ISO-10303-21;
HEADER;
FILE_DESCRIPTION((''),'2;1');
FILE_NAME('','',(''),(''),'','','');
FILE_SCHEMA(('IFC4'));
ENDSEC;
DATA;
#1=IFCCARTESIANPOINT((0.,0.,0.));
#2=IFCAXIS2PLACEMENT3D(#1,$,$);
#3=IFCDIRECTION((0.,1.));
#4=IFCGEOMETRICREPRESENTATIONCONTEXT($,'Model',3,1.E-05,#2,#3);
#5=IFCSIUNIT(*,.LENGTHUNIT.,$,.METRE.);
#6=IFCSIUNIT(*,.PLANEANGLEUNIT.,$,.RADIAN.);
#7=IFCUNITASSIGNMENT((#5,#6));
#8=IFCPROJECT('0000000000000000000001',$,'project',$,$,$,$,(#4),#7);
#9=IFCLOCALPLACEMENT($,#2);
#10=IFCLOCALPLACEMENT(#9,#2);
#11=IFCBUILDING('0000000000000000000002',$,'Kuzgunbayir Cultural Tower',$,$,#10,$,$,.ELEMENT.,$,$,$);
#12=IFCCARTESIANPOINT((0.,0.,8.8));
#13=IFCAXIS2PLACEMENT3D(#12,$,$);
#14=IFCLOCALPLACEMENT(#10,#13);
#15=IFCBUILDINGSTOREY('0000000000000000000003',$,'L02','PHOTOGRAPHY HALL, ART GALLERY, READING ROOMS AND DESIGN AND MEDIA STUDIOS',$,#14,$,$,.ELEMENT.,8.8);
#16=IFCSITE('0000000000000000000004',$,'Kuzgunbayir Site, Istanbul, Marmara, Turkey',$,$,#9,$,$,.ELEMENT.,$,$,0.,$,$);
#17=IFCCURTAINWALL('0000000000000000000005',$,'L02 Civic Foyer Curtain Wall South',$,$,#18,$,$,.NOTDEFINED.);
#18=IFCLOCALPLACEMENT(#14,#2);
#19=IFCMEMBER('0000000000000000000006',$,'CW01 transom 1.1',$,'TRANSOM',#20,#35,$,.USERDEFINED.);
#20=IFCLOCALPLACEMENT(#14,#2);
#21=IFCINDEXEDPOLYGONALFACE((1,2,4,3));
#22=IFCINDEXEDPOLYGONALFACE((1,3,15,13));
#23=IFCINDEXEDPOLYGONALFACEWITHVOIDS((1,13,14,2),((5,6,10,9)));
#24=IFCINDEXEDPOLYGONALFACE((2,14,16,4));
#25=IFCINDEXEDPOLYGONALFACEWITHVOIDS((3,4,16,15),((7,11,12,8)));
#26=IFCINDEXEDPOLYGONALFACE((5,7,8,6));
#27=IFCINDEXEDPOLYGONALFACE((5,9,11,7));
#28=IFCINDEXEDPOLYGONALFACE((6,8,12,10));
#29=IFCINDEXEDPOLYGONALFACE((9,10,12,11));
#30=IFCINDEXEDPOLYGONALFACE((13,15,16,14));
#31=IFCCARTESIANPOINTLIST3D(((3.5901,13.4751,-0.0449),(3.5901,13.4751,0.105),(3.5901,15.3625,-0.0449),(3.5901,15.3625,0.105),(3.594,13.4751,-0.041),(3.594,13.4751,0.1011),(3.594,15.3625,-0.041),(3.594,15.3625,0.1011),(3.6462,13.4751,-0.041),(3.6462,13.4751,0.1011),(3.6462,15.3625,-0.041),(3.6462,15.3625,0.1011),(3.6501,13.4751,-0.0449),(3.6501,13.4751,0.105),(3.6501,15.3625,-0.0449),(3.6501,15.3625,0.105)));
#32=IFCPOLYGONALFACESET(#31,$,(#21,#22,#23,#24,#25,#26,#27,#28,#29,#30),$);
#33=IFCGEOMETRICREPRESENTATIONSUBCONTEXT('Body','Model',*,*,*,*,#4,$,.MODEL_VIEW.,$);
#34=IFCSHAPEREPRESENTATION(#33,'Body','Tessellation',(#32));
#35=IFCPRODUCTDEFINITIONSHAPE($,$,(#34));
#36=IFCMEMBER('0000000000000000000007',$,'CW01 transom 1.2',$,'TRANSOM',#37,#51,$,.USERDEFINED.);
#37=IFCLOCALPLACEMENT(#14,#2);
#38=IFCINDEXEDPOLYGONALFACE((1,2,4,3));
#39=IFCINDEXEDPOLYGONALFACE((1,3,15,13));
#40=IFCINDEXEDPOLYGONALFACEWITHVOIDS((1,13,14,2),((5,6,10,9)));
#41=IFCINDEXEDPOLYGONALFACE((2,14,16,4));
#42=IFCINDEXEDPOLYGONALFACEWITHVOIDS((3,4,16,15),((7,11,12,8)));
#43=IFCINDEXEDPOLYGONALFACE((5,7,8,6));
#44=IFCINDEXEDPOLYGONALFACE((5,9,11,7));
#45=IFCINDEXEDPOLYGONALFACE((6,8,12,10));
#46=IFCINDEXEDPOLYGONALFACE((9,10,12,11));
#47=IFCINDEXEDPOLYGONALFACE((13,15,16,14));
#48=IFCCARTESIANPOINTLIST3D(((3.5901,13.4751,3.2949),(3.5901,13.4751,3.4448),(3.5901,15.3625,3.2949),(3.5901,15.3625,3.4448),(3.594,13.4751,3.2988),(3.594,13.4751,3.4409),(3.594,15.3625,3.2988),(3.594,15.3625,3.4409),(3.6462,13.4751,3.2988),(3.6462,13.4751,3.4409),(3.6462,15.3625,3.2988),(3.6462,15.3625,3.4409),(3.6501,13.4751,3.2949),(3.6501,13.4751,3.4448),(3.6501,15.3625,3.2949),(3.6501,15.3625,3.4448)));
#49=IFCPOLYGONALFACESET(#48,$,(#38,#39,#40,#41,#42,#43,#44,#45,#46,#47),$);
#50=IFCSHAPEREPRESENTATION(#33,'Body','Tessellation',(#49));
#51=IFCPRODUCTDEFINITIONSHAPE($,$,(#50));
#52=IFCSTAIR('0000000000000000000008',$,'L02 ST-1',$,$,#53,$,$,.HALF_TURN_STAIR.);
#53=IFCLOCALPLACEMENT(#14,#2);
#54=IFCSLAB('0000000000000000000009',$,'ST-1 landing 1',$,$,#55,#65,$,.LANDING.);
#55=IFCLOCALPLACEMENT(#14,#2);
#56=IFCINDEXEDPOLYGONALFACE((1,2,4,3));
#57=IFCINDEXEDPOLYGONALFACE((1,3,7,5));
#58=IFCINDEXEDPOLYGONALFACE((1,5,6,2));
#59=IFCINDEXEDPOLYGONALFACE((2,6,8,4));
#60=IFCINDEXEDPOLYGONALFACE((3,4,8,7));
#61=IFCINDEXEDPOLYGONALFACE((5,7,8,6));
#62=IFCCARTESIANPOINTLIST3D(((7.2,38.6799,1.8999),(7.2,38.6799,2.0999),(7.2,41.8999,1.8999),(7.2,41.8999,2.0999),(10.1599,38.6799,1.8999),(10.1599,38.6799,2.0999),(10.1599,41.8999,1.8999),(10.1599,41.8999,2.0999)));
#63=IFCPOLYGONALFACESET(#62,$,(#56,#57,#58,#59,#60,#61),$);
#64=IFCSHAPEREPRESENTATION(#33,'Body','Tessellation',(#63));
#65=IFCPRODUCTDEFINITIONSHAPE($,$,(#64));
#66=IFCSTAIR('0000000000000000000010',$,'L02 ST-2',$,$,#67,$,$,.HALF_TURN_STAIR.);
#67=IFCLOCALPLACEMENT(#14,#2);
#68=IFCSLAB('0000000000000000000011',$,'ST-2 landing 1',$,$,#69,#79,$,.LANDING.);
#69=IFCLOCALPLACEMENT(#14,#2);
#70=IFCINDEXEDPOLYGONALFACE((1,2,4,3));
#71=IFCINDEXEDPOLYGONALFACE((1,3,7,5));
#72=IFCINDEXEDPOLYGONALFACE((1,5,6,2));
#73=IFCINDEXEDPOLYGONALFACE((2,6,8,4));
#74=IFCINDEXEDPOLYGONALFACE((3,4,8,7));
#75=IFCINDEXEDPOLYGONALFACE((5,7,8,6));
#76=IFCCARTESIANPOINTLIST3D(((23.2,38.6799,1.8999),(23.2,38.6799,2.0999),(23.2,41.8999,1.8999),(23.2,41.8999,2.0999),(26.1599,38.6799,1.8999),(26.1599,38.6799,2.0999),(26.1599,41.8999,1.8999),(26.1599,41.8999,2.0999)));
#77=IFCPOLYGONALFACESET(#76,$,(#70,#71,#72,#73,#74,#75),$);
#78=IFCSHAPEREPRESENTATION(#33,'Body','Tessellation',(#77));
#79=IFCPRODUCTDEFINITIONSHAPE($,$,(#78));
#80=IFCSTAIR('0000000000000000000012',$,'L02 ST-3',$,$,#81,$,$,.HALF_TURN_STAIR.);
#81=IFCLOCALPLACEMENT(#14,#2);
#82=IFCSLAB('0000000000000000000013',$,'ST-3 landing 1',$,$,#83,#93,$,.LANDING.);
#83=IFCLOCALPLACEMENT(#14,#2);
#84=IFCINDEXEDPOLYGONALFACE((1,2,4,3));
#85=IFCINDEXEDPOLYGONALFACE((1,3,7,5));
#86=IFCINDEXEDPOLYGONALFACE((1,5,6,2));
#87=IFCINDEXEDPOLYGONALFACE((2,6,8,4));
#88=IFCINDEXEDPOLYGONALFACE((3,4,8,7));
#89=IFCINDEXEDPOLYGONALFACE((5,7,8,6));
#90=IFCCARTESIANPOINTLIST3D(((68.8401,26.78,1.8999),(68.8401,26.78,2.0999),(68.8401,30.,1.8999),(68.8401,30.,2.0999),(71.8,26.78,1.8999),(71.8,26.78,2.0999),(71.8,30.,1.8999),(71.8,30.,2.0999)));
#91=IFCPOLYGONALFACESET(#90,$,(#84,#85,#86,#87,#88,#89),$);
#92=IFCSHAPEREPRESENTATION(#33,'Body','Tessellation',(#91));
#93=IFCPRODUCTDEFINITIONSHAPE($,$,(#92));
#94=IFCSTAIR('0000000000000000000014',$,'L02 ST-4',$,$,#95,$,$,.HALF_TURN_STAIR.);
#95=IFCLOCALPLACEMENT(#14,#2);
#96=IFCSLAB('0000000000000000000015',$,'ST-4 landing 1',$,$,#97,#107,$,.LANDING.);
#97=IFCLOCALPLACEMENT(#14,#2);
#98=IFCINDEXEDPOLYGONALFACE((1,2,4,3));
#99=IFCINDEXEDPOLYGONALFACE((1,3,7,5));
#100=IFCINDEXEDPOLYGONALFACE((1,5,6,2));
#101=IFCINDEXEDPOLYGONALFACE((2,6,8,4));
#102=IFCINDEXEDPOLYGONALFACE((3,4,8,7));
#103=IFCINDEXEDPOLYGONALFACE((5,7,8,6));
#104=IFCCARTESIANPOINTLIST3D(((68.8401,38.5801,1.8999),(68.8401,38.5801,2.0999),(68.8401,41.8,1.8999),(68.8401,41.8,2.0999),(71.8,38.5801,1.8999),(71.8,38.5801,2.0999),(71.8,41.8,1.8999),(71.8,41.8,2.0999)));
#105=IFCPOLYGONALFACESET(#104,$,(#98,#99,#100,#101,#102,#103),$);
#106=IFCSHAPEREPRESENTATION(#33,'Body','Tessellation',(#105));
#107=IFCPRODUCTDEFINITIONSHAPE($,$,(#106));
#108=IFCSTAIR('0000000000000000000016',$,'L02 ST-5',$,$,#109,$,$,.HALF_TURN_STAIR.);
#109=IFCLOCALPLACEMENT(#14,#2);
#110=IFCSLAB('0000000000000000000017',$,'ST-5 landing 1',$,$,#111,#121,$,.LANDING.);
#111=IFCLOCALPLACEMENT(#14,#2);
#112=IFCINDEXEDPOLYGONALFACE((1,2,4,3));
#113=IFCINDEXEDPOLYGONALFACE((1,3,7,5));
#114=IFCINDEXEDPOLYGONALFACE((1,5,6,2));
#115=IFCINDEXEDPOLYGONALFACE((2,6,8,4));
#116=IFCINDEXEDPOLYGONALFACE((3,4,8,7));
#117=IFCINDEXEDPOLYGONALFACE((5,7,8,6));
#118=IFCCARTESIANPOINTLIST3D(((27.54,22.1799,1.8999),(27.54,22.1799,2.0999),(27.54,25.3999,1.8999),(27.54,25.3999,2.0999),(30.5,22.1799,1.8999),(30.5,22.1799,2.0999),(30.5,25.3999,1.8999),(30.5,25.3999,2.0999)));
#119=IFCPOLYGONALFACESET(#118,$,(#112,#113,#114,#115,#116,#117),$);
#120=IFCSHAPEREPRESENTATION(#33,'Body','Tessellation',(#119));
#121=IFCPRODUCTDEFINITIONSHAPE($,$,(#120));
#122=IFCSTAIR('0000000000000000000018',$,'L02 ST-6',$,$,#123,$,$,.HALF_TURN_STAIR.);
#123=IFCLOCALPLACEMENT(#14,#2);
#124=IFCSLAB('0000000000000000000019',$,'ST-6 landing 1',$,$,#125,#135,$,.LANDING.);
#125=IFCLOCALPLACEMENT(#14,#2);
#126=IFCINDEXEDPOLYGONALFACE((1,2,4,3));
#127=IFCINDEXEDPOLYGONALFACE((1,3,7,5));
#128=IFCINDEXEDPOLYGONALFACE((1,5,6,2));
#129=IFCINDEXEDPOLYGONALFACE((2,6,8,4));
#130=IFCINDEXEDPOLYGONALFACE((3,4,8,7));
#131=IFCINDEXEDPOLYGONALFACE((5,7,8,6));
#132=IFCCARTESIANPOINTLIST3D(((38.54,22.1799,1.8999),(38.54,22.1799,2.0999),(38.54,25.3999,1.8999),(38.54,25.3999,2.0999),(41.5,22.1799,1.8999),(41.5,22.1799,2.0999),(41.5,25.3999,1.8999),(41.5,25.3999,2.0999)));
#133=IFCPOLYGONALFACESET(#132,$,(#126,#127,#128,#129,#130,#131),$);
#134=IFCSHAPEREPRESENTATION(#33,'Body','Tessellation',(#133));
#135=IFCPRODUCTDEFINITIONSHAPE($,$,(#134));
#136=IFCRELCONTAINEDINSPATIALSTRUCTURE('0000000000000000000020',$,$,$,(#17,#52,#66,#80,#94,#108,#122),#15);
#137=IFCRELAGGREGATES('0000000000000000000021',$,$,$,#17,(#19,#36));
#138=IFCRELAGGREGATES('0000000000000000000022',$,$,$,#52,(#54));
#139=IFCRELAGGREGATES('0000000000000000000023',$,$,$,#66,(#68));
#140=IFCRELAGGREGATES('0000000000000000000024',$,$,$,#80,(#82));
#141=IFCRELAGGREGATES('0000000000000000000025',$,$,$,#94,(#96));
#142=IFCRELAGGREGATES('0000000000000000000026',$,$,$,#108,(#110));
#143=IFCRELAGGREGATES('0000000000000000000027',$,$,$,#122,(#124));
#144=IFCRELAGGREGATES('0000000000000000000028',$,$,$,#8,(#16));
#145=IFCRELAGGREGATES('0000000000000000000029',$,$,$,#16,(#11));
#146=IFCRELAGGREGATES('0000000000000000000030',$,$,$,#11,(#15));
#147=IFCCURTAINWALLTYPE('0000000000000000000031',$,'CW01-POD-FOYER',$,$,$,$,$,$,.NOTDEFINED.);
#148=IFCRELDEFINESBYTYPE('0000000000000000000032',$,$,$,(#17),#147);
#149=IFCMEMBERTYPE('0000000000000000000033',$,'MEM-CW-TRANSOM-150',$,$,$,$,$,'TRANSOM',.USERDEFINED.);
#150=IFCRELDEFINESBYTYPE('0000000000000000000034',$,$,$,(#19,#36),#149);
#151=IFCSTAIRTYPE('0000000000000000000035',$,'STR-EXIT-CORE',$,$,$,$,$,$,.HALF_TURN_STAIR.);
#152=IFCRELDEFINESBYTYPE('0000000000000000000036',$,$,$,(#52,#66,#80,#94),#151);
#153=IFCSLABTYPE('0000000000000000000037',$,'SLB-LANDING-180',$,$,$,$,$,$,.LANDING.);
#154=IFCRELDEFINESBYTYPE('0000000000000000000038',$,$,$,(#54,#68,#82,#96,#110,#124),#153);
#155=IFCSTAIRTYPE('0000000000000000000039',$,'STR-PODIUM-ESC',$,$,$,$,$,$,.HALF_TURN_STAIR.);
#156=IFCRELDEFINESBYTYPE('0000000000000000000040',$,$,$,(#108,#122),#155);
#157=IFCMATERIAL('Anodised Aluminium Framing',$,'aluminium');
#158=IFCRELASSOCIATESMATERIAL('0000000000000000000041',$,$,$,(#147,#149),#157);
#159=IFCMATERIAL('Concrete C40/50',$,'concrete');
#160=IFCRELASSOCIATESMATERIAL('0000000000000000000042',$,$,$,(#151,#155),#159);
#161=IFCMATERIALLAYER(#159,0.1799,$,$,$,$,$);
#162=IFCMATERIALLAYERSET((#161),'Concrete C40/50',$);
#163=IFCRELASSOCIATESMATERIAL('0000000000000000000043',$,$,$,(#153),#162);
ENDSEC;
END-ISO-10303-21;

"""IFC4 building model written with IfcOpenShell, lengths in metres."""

from ifc_helpers import new_model, si_unit, direction, frame, origin, origin_2d, place, context, subcontext, project, spatial, polyline, hollow_rectangle, outline, extrude, material, layer, layer_set, material_profile, profile_set, type_object, element, aggregate, save


model = new_model("IFC4")

# Units and contexts
model_context = context("Model", 3, precision=1e-05, world=origin(), true_north=direction((0.0, 1.0)))
body_context = subcontext(model_context, "Body", "Model", "MODEL_VIEW")
ifc_project = project(units=[si_unit("LENGTHUNIT", "METRE"), si_unit("PLANEANGLEUNIT", "RADIAN")], contexts=[model_context])

# Site, building, storey
site_placement = place(None, origin())
site = spatial("IfcSite", under=ifc_project, at=site_placement, Name="Kuzgunbayir Site, Istanbul, Marmara, Turkey", CompositionType="ELEMENT", RefElevation=0.0)
building_placement = place(site_placement, origin())
building = spatial("IfcBuilding", under=site, at=building_placement, Name="Kuzgunbayir Cultural Tower", CompositionType="ELEMENT")
storey_placement = place(building_placement, frame((0.0, 0.0, 8.8)))
storey = spatial("IfcBuildingStorey", under=building, at=storey_placement, Name="L02", Description="PHOTOGRAPHY HALL, ART GALLERY, READING ROOMS AND DESIGN AND MEDIA STUDIOS", CompositionType="ELEMENT", Elevation=8.8)

# Curtain wall, members
ifc_material_1 = material(Name="Anodised Aluminium Framing", Category="aluminium")
curtain_wall_type = type_object("IfcCurtainWallType", Name="CW01-POD-FOYER", PredefinedType="NOTDEFINED", material=ifc_material_1)
curtain_wall_placement = place(storey_placement, origin())
curtain_wall = element("IfcCurtainWall", 1, at=curtain_wall_placement, inside=storey, type_object=curtain_wall_type, Name="L02 Civic Foyer Curtain Wall South", PredefinedType="NOTDEFINED")
ifc_material_profile_1 = material_profile(ifc_material_1, hollow_rectangle(XDim=0.0601, YDim=0.1499, WallThickness=0.0039, at=origin_2d()), Name="RHS 150x60x4")
ifc_profile_set_1 = profile_set([ifc_material_profile_1], Name="Anodised Aluminium Framing")
member_type_1 = type_object("IfcMemberType", Name="MEM-CW-TRANSOM-150", ElementType="TRANSOM", PredefinedType="USERDEFINED", material=ifc_profile_set_1)
member_1_placement = place(storey_placement, frame((3.6201, 13.4751, 0.03), z_axis=(0.0, 1.0, 0.0), x_axis=(-1.0, 0.0, 0.0)))
member_1 = element("IfcMember", 2, at=member_1_placement, type_object=member_type_1, Name="CW01 transom 1.1", ObjectType="TRANSOM", PredefinedType="USERDEFINED", context=body_context, shape_type="SweptSolid", body=[
    extrude(hollow_rectangle(XDim=0.0601, YDim=0.1499, WallThickness=0.0039, at=origin_2d()), origin(), (0.0, 0.0, 1.0), 1.8875),
])
member_2_placement = place(storey_placement, frame((3.6201, 13.4751, 3.3699), z_axis=(0.0, 1.0, 0.0), x_axis=(-1.0, 0.0, 0.0)))
member_2 = element("IfcMember", 3, at=member_2_placement, type_object=member_type_1, Name="CW01 transom 1.2", ObjectType="TRANSOM", PredefinedType="USERDEFINED", context=body_context, shape_type="SweptSolid", body=[
    extrude(hollow_rectangle(XDim=0.0601, YDim=0.1499, WallThickness=0.0039, at=origin_2d()), origin(), (0.0, 0.0, 1.0), 1.8875),
])
aggregate(curtain_wall, [member_1, member_2])

# Stairs, slabs
ifc_material_2 = material(Name="Concrete C40/50", Category="concrete")
stair_type_1 = type_object("IfcStairType", Name="STR-EXIT-CORE", PredefinedType="HALF_TURN_STAIR", material=ifc_material_2)
stair_1_placement = place(storey_placement, origin())
stair_1 = element("IfcStair", 4, at=stair_1_placement, inside=storey, type_object=stair_type_1, Name="L02 ST-1", PredefinedType="HALF_TURN_STAIR")
ifc_layer_1 = layer(ifc_material_2, 0.1799)
ifc_layer_set_1 = layer_set([ifc_layer_1], Name="Concrete C40/50")
slab_type_1 = type_object("IfcSlabType", Name="SLB-LANDING-180", PredefinedType="LANDING", material=ifc_layer_set_1)
slab_1_placement = place(storey_placement, frame((0.0, 0.0, 1.8999)))
slab_1 = element("IfcSlab", 5, at=slab_1_placement, type_object=slab_type_1, Name="ST-1 landing 1", PredefinedType="LANDING", context=body_context, shape_type="SweptSolid", body=[
    extrude(outline(polyline([(10.1599, 38.6799), (10.1599, 41.8999), (7.2, 41.8999), (7.2, 38.6799), (10.1599, 38.6799)])), origin(), (0.0, 0.0, 1.0), 0.2),
])
aggregate(stair_1, [slab_1])
stair_2_placement = place(storey_placement, origin())
stair_2 = element("IfcStair", 6, at=stair_2_placement, inside=storey, type_object=stair_type_1, Name="L02 ST-2", PredefinedType="HALF_TURN_STAIR")
slab_2_placement = place(storey_placement, frame((0.0, 0.0, 1.8999)))
slab_2 = element("IfcSlab", 7, at=slab_2_placement, type_object=slab_type_1, Name="ST-2 landing 1", PredefinedType="LANDING", context=body_context, shape_type="SweptSolid", body=[
    extrude(outline(polyline([(26.1599, 38.6799), (26.1599, 41.8999), (23.2, 41.8999), (23.2, 38.6799), (26.1599, 38.6799)])), origin(), (0.0, 0.0, 1.0), 0.2),
])
aggregate(stair_2, [slab_2])
stair_3_placement = place(storey_placement, origin())
stair_3 = element("IfcStair", 8, at=stair_3_placement, inside=storey, type_object=stair_type_1, Name="L02 ST-3", PredefinedType="HALF_TURN_STAIR")
slab_3_placement = place(storey_placement, frame((0.0, 0.0, 1.8999)))
slab_3 = element("IfcSlab", 9, at=slab_3_placement, type_object=slab_type_1, Name="ST-3 landing 1", PredefinedType="LANDING", context=body_context, shape_type="SweptSolid", body=[
    extrude(outline(polyline([(71.8, 26.78), (71.8, 30.0), (68.8401, 30.0), (68.8401, 26.78), (71.8, 26.78)])), origin(), (0.0, 0.0, 1.0), 0.2),
])
aggregate(stair_3, [slab_3])
stair_4_placement = place(storey_placement, origin())
stair_4 = element("IfcStair", 10, at=stair_4_placement, inside=storey, type_object=stair_type_1, Name="L02 ST-4", PredefinedType="HALF_TURN_STAIR")
slab_4_placement = place(storey_placement, frame((0.0, 0.0, 1.8999)))
slab_4 = element("IfcSlab", 11, at=slab_4_placement, type_object=slab_type_1, Name="ST-4 landing 1", PredefinedType="LANDING", context=body_context, shape_type="SweptSolid", body=[
    extrude(outline(polyline([(71.8, 38.5801), (71.8, 41.8), (68.8401, 41.8), (68.8401, 38.5801), (71.8, 38.5801)])), origin(), (0.0, 0.0, 1.0), 0.2),
])
aggregate(stair_4, [slab_4])
stair_type_2 = type_object("IfcStairType", Name="STR-PODIUM-ESC", PredefinedType="HALF_TURN_STAIR", material=ifc_material_2)
stair_5_placement = place(storey_placement, origin())
stair_5 = element("IfcStair", 12, at=stair_5_placement, inside=storey, type_object=stair_type_2, Name="L02 ST-5", PredefinedType="HALF_TURN_STAIR")
slab_5_placement = place(storey_placement, frame((0.0, 0.0, 1.8999)))
slab_5 = element("IfcSlab", 13, at=slab_5_placement, type_object=slab_type_1, Name="ST-5 landing 1", PredefinedType="LANDING", context=body_context, shape_type="SweptSolid", body=[
    extrude(outline(polyline([(30.5, 22.1799), (30.5, 25.3999), (27.54, 25.3999), (27.54, 22.1799), (30.5, 22.1799)])), origin(), (0.0, 0.0, 1.0), 0.2),
])
aggregate(stair_5, [slab_5])
stair_6_placement = place(storey_placement, origin())
stair_6 = element("IfcStair", 14, at=stair_6_placement, inside=storey, type_object=stair_type_2, Name="L02 ST-6", PredefinedType="HALF_TURN_STAIR")
slab_6_placement = place(storey_placement, frame((0.0, 0.0, 1.8999)))
slab_6 = element("IfcSlab", 15, at=slab_6_placement, type_object=slab_type_1, Name="ST-6 landing 1", PredefinedType="LANDING", context=body_context, shape_type="SweptSolid", body=[
    extrude(outline(polyline([(41.5, 22.1799), (41.5, 25.3999), (38.54, 25.3999), (38.54, 22.1799), (41.5, 22.1799)])), origin(), (0.0, 0.0, 1.0), 0.2),
])
aggregate(stair_6, [slab_6])

save(model, "model.ifc")
